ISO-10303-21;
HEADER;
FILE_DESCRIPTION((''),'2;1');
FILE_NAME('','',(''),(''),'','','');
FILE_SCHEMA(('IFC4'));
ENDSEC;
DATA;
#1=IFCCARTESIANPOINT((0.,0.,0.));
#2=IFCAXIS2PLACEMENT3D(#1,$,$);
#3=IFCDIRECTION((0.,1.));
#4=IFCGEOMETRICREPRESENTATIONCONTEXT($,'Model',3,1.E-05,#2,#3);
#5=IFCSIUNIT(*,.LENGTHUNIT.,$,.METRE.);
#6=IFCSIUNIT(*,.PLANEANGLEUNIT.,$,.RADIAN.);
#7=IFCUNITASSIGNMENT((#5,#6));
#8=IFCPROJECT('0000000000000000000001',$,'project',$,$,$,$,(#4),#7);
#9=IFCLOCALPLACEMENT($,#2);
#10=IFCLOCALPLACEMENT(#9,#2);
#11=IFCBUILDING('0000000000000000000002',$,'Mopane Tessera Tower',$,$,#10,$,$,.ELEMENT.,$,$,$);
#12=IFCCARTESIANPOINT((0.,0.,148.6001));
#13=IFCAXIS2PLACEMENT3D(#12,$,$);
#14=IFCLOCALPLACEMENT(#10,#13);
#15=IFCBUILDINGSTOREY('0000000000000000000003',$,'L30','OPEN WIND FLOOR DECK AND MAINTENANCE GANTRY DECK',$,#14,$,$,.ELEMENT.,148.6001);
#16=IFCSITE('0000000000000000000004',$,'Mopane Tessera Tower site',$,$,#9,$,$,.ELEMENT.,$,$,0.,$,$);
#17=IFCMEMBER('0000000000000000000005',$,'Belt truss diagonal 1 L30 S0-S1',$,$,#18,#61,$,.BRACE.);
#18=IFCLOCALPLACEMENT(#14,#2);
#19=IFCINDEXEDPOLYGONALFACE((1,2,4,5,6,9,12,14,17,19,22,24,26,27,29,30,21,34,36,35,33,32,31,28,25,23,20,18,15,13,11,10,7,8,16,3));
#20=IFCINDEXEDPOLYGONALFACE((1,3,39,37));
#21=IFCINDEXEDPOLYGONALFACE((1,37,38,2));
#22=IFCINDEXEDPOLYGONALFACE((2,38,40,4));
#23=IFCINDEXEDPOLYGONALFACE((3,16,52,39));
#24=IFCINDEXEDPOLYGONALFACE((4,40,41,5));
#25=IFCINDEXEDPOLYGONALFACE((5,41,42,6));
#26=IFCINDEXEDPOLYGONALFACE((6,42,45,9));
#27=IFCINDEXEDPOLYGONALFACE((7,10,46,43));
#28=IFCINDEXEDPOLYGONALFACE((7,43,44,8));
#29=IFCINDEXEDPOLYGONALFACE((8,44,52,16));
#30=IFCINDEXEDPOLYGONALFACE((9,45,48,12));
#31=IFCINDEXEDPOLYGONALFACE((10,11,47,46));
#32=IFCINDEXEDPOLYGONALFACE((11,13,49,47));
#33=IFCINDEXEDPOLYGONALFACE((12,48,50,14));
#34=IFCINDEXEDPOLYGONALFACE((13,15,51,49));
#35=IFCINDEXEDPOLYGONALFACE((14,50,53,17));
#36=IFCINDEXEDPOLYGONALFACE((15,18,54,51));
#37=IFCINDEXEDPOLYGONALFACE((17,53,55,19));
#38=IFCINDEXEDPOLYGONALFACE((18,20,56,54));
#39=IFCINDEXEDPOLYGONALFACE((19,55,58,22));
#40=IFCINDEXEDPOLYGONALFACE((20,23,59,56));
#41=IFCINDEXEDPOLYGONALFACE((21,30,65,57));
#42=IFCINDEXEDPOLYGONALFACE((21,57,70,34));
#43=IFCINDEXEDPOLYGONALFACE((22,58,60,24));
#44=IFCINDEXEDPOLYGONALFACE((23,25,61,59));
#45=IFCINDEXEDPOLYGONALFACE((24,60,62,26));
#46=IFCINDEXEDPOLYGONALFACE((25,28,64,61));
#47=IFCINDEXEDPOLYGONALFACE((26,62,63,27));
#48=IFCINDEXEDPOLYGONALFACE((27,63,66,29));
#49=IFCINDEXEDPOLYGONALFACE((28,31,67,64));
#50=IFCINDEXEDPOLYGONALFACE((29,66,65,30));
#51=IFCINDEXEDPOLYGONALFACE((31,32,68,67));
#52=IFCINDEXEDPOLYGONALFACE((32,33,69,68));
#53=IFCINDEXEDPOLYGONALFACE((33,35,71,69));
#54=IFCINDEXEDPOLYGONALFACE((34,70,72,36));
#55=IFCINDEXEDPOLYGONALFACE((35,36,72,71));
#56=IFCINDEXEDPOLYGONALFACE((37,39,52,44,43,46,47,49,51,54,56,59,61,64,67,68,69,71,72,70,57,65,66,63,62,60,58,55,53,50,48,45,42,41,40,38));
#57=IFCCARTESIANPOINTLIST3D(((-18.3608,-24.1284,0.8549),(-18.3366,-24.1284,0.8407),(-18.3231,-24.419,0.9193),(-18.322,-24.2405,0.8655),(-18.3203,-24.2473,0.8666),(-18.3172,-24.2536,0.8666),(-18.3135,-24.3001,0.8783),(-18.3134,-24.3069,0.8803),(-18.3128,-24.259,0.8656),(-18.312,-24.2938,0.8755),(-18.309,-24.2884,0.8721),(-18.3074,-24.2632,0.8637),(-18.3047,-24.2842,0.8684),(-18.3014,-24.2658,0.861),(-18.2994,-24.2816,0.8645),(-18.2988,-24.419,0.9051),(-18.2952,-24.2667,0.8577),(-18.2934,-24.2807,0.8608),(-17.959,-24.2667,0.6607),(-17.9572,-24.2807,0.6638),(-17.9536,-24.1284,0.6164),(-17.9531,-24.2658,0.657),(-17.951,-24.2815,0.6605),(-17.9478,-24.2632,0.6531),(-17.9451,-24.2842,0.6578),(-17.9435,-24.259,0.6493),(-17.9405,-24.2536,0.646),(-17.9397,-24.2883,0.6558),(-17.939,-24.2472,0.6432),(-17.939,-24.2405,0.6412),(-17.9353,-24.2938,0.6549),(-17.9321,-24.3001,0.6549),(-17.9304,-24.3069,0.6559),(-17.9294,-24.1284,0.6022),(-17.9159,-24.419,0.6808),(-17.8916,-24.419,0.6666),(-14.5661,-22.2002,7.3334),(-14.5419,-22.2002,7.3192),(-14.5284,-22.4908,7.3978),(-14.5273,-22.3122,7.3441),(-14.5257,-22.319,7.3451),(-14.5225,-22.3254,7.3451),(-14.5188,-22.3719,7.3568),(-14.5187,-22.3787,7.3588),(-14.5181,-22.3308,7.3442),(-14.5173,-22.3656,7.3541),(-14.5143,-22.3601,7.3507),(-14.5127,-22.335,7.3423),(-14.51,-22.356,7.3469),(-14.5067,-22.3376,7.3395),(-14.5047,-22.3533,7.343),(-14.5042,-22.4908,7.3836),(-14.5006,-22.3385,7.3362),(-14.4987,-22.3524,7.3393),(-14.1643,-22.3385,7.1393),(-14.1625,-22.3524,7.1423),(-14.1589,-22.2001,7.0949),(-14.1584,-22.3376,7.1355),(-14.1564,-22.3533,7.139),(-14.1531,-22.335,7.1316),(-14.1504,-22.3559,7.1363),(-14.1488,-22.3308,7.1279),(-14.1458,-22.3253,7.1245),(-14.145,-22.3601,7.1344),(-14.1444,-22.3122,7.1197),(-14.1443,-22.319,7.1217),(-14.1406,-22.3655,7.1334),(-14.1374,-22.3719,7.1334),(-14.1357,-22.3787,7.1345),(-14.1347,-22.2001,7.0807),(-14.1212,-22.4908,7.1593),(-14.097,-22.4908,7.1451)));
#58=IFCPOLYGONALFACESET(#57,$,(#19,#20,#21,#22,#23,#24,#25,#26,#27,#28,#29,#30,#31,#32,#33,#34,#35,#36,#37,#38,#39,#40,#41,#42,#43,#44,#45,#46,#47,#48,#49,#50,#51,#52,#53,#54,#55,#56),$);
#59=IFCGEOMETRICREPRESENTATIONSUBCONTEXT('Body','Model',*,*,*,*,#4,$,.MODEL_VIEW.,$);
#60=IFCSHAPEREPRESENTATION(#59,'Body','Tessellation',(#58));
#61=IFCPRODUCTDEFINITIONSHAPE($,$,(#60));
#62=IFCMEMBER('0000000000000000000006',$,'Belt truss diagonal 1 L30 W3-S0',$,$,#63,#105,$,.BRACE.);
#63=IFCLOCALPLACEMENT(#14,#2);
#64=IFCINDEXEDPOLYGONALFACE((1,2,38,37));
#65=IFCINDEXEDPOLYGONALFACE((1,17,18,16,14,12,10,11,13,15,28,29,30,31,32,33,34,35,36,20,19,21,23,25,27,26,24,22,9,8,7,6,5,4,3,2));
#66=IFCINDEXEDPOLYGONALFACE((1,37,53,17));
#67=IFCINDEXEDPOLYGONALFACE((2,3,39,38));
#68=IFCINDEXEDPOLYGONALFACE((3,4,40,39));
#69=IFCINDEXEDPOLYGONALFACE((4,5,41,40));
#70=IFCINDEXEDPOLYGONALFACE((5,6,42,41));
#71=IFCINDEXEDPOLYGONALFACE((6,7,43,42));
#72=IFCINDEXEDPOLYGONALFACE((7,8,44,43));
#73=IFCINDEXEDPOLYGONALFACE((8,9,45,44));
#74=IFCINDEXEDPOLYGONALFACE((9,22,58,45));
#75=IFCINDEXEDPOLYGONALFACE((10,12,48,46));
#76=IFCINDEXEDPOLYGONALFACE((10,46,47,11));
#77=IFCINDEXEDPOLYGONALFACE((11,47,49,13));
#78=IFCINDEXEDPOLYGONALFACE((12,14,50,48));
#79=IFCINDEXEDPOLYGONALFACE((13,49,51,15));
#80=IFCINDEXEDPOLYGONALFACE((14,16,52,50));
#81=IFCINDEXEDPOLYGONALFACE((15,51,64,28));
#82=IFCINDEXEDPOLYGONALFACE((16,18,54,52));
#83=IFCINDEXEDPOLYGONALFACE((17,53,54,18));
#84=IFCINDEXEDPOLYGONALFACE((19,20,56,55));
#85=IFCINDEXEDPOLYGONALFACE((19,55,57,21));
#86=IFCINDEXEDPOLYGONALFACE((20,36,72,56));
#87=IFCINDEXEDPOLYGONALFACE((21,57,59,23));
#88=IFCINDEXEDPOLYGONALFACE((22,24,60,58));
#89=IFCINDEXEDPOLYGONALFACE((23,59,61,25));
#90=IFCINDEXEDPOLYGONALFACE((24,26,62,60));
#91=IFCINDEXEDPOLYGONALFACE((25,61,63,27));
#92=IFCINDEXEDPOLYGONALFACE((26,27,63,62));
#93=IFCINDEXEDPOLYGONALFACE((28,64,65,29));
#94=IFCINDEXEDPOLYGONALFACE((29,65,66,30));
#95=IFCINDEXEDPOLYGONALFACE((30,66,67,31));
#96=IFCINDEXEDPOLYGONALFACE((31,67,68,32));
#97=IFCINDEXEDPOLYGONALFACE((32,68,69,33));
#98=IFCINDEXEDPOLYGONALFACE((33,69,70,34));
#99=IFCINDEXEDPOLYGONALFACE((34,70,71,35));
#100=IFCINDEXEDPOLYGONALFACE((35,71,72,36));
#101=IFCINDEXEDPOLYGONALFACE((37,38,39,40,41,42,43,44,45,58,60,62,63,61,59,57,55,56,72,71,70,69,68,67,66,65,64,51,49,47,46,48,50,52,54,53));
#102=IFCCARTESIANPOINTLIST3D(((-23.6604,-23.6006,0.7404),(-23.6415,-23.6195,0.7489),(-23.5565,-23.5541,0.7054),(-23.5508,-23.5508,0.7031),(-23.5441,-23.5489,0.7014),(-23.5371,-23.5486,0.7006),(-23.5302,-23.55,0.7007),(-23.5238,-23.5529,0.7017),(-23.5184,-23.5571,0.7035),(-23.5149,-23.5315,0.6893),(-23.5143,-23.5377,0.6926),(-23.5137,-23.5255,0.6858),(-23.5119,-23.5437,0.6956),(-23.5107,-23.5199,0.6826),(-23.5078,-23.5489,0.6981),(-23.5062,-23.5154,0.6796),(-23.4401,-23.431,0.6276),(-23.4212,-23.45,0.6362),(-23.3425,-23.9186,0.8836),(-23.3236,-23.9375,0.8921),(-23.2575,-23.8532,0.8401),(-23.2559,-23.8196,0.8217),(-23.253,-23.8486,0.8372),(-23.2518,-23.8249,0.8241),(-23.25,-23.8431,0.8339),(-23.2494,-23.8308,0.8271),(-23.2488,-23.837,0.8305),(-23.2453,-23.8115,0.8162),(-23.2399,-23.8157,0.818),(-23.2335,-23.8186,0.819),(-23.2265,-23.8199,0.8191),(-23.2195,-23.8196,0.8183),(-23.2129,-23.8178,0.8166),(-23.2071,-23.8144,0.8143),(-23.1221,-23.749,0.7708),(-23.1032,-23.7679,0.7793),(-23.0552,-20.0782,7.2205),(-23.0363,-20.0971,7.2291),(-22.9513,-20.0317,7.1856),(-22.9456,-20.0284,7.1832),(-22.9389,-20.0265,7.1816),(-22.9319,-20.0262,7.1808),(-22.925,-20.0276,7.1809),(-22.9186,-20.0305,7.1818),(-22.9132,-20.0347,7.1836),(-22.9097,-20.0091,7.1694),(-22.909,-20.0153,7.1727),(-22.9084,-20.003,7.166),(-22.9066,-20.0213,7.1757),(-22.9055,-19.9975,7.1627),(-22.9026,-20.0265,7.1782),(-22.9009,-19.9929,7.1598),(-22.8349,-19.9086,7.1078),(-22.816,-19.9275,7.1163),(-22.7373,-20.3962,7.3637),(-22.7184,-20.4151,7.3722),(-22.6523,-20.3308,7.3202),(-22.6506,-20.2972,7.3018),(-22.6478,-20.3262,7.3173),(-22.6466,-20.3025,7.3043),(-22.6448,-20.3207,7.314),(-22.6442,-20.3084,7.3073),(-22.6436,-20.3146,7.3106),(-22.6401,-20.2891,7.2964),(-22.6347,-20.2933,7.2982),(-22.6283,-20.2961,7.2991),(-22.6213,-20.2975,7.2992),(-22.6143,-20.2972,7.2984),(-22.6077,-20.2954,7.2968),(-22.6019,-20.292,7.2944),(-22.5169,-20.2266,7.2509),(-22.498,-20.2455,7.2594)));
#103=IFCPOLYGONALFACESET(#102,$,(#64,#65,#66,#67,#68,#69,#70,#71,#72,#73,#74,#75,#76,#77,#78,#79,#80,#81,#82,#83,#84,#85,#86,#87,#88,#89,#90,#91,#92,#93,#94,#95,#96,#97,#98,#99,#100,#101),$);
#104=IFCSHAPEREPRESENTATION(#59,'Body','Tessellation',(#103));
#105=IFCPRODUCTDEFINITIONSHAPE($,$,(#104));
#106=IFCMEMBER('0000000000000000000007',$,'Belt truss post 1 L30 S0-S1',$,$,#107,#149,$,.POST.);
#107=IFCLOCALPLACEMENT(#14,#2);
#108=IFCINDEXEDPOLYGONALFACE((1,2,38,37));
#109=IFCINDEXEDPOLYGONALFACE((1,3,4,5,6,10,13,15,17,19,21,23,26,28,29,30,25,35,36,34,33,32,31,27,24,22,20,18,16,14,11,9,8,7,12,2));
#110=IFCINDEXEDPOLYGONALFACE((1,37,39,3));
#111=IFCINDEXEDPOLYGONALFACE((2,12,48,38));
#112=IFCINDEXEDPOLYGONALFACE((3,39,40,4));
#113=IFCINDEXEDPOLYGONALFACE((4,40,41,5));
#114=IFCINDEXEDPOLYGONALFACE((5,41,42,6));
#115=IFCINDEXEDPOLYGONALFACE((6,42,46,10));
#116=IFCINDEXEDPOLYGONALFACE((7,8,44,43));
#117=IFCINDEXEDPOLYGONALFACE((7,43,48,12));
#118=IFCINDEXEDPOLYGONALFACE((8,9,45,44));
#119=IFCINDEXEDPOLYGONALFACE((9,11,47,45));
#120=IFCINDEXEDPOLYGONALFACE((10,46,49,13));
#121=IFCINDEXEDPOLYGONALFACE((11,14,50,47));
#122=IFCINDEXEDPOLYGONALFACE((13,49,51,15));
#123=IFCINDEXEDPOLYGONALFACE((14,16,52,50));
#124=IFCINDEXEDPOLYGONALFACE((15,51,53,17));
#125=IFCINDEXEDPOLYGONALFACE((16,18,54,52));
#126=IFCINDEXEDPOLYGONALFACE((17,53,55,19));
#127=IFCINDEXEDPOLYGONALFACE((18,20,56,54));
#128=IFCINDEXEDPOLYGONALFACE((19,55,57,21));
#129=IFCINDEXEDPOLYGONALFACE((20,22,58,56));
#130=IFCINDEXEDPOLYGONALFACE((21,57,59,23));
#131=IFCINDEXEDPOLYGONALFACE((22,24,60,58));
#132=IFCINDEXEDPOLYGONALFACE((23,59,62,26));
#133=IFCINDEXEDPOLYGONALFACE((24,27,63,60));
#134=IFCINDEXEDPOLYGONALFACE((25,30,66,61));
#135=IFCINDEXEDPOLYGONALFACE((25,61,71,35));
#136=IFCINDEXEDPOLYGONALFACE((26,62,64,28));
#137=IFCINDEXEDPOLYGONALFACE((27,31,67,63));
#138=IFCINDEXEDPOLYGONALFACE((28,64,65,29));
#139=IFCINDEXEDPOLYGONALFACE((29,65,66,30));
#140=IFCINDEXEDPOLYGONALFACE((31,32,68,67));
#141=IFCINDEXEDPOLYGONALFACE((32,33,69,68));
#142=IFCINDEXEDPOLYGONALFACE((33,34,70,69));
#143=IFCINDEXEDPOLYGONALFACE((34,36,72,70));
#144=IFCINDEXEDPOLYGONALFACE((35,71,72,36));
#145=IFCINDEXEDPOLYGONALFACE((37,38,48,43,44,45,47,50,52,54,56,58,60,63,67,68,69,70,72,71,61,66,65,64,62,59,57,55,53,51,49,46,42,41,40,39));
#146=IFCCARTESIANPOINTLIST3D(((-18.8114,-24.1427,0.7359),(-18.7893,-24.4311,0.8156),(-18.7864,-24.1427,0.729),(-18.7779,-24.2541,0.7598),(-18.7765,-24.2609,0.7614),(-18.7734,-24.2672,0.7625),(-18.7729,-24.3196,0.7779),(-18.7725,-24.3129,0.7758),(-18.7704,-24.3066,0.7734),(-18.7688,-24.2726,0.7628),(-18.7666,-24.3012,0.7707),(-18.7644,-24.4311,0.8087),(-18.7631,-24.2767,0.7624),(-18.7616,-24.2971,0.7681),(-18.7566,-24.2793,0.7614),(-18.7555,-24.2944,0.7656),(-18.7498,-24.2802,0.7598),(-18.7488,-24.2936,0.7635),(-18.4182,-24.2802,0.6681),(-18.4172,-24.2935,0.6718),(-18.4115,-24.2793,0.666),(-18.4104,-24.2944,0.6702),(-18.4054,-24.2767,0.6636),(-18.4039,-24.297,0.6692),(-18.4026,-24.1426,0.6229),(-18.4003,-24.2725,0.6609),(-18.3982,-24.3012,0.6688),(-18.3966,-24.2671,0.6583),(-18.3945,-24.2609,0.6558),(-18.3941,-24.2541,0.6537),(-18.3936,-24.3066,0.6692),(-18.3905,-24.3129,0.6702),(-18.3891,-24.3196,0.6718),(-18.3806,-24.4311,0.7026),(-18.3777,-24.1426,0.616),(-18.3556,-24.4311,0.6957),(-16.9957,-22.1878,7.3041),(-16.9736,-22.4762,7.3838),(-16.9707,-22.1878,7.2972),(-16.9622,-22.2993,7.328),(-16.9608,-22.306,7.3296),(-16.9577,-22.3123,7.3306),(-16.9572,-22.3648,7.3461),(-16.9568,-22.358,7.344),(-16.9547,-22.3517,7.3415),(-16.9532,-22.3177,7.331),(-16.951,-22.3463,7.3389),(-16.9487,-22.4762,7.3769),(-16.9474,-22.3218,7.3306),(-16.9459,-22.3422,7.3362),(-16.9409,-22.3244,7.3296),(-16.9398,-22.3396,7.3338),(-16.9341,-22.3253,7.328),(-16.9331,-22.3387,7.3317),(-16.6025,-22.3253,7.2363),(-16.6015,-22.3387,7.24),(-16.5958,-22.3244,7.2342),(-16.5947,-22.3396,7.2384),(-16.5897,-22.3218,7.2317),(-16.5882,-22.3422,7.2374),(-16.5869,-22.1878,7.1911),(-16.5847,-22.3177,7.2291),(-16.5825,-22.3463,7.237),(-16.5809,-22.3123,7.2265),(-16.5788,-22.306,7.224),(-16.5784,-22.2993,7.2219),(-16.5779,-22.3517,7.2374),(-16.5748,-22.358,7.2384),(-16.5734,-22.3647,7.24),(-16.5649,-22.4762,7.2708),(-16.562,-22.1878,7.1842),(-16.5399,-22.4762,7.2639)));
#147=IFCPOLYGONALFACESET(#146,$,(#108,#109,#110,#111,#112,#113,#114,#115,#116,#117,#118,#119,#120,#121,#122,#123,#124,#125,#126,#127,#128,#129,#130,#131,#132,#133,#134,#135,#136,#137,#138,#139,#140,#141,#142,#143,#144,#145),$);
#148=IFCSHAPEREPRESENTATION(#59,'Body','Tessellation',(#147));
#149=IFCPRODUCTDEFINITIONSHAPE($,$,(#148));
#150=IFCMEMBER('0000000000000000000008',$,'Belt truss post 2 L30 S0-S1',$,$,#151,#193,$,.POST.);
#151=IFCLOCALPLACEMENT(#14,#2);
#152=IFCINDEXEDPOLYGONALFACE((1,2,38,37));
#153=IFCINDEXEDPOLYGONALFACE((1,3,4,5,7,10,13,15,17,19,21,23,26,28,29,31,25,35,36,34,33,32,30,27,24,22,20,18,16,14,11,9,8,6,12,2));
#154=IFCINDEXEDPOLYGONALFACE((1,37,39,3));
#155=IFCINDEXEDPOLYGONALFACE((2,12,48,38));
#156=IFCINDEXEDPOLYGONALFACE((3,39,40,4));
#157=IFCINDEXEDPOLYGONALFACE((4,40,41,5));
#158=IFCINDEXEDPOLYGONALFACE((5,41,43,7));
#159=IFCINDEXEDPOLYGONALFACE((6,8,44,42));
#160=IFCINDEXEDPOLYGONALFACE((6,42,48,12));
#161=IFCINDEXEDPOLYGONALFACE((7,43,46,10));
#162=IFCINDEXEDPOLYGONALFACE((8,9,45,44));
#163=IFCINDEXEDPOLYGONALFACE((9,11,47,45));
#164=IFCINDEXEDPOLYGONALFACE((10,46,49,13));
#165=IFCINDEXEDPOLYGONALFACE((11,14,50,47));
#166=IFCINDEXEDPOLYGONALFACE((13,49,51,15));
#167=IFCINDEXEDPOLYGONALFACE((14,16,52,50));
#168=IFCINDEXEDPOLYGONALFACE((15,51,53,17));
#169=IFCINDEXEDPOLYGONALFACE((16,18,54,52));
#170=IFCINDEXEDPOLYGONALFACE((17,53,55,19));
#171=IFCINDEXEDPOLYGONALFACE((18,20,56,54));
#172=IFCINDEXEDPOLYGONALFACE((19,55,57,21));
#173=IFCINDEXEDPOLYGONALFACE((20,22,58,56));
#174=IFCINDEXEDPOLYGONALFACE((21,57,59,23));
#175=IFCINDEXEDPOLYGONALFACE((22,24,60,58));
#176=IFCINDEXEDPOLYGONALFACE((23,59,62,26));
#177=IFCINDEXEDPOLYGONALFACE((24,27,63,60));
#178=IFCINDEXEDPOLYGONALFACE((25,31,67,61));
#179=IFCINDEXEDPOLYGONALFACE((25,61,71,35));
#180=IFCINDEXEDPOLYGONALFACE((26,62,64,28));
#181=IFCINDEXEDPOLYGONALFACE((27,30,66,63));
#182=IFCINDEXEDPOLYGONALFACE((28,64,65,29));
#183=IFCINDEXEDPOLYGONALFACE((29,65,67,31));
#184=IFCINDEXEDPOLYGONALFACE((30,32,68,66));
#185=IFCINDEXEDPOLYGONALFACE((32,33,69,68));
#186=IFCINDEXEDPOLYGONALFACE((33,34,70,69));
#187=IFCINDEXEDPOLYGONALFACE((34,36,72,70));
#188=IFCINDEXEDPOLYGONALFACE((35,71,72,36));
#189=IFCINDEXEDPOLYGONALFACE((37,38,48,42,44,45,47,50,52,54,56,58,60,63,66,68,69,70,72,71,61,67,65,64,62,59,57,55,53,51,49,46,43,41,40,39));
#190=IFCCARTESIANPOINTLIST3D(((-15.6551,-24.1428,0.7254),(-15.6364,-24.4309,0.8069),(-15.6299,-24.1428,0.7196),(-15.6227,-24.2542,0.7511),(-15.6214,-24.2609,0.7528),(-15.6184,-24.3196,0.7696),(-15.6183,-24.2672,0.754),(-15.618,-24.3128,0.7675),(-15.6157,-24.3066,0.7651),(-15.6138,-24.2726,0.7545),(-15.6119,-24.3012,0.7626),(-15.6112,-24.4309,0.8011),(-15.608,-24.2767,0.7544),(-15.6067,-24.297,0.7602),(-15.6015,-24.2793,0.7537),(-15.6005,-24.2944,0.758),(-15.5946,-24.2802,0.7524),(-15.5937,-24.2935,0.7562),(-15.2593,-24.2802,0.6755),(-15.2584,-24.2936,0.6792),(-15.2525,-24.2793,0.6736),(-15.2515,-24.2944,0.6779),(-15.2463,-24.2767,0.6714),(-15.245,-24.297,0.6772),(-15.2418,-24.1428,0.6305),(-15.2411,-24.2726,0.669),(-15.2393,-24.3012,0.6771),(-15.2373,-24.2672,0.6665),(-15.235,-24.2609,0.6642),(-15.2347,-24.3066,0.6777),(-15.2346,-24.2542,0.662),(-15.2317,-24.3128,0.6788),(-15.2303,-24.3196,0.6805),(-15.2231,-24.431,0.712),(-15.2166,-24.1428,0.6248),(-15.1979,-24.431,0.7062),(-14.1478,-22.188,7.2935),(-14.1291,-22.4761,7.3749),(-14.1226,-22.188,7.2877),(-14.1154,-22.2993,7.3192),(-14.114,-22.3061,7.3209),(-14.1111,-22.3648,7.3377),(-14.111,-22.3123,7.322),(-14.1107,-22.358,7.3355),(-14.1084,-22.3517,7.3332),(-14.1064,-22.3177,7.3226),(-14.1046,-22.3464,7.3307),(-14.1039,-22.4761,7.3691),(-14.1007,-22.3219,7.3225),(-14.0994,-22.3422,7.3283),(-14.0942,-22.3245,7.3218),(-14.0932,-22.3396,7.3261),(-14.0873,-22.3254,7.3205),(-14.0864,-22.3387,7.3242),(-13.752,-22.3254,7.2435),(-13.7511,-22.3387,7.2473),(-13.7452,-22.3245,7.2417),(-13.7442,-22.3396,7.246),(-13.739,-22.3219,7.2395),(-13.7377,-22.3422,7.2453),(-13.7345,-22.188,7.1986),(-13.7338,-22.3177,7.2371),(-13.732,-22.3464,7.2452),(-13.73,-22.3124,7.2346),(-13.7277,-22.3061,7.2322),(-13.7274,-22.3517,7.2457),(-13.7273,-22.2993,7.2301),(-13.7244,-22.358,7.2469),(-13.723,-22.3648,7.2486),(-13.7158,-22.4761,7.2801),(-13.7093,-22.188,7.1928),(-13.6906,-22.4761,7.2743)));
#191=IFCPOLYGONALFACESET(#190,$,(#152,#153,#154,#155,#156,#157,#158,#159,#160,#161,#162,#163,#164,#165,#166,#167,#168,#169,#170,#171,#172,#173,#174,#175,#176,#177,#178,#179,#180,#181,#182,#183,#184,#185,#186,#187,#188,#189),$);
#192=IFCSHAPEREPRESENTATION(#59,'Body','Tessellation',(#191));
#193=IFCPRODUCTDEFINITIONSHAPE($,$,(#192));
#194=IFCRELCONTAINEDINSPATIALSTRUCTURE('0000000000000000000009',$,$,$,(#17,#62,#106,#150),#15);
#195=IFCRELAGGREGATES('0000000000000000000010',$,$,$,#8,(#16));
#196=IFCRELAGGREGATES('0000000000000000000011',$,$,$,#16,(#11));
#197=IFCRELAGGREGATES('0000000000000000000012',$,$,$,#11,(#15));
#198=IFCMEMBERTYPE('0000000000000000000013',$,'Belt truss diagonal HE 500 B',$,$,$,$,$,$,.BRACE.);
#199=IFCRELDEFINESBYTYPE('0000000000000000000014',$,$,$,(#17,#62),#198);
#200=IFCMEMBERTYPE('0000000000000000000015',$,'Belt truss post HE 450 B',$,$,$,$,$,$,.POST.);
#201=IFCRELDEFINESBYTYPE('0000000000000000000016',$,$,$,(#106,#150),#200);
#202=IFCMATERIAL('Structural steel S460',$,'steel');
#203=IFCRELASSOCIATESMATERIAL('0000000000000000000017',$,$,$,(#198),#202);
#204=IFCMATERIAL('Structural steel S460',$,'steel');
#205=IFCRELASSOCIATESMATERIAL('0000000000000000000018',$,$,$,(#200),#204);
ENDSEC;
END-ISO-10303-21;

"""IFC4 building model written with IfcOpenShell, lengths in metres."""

from ifc_helpers import new_model, si_unit, direction, frame, origin, origin_2d, place, context, subcontext, project, spatial, i_section, extrude, material, material_profile, profile_set, type_object, element, save


model = new_model("IFC4")

# Units and contexts
model_context = context("Model", 3, precision=1e-05, world=origin(), true_north=direction((0.0, 1.0)))
body_context = subcontext(model_context, "Body", "Model", "MODEL_VIEW")
ifc_project = project(units=[si_unit("LENGTHUNIT", "METRE"), si_unit("PLANEANGLEUNIT", "RADIAN")], contexts=[model_context])

# Site, building, storey
site_placement = place(None, origin())
site = spatial("IfcSite", under=ifc_project, at=site_placement, Name="Mopane Tessera Tower site", CompositionType="ELEMENT", RefElevation=0.0)
building_placement = place(site_placement, origin())
building = spatial("IfcBuilding", under=site, at=building_placement, Name="Mopane Tessera Tower", CompositionType="ELEMENT")
storey_placement = place(building_placement, frame((0.0, 0.0, 148.6001)))
storey = spatial("IfcBuildingStorey", under=building, at=storey_placement, Name="L30", Description="OPEN WIND FLOOR DECK AND MAINTENANCE GANTRY DECK", CompositionType="ELEMENT", Elevation=148.6001)

# Members
ifc_material_1 = material(Name="Structural steel S460", Category="steel")
ifc_material_profile_1 = material_profile(ifc_material_1, i_section(OverallWidth=0.3, OverallDepth=0.5, WebThickness=0.0144, FlangeThickness=0.0281, FilletRadius=0.0271, at=origin_2d()))
ifc_profile_set_1 = profile_set([ifc_material_profile_1], Name="Structural steel S460")
member_type_1 = type_object("IfcMemberType", Name="Belt truss diagonal HE 500 B", PredefinedType="BRACE", material=ifc_profile_set_1)
member_1_placement = place(storey_placement, frame((-18.1262, -24.2737, 0.7607), z_axis=(0.489529, 0.248748, 0.835755), x_axis=(-0.12575, 0.968568, -0.214622)))
element("IfcMember", 1, at=member_1_placement, inside=storey, type_object=member_type_1, Name="Belt truss diagonal 1 L30 S0-S1", PredefinedType="BRACE", context=body_context, shape_type="SweptSolid", body=[
    extrude(i_section(OverallWidth=0.3, OverallDepth=0.5, WebThickness=0.0144, FlangeThickness=0.0281, FilletRadius=0.0271, at=origin_2d()), origin(), (0.0, 0.0, 1.0), 7.7517),
])
member_2_placement = place(storey_placement, frame((-22.7766, -20.1619, 7.24), z_axis=(-0.081782, -0.475976, -0.875647), x_axis=(0.73441, 0.56517, -0.3758)))
element("IfcMember", 2, at=member_2_placement, inside=storey, type_object=member_type_1, Name="Belt truss diagonal 1 L30 W3-S0", PredefinedType="BRACE", context=body_context, shape_type="SweptSolid", body=[
    extrude(i_section(OverallWidth=0.3, OverallDepth=0.5, WebThickness=0.0144, FlangeThickness=0.0281, FilletRadius=0.0271, at=origin_2d()), origin(), (0.0, 0.0, 1.0), 7.4004),
])
ifc_material_2 = material(Name="Structural steel S460", Category="steel")
ifc_material_profile_2 = material_profile(ifc_material_2, i_section(OverallWidth=0.3, OverallDepth=0.45, WebThickness=0.0139, FlangeThickness=0.0259, FilletRadius=0.0271, at=origin_2d()))
ifc_profile_set_2 = profile_set([ifc_material_profile_2], Name="Structural steel S460")
member_type_2 = type_object("IfcMemberType", Name="Belt truss post HE 450 B", PredefinedType="POST", material=ifc_profile_set_2)
member_3_placement = place(storey_placement, frame((-18.5835, -24.2869, 0.7158), z_axis=(0.256115, 0.275744, 0.926483), x_axis=(-0.073511, 0.961231, -0.265765)))
element("IfcMember", 3, at=member_3_placement, inside=storey, type_object=member_type_2, Name="Belt truss post 1 L30 S0-S1", PredefinedType="POST", context=body_context, shape_type="SweptSolid", body=[
    extrude(i_section(OverallWidth=0.3, OverallDepth=0.45, WebThickness=0.0139, FlangeThickness=0.0259, FilletRadius=0.0271, at=origin_2d()), origin(), (0.0, 0.0, 1.0), 7.0894),
])
member_4_placement = place(storey_placement, frame((-15.4265, -24.2869, 0.7158), z_axis=(0.214821, 0.278599, 0.936074), x_axis=(-0.062298, 0.960408, -0.271544)))
element("IfcMember", 4, at=member_4_placement, inside=storey, type_object=member_type_2, Name="Belt truss post 2 L30 S0-S1", PredefinedType="POST", context=body_context, shape_type="SweptSolid", body=[
    extrude(i_section(OverallWidth=0.3, OverallDepth=0.45, WebThickness=0.0139, FlangeThickness=0.0259, FilletRadius=0.0271, at=origin_2d()), origin(), (0.0, 0.0, 1.0), 7.0166),
])

save(model, "model.ifc")
